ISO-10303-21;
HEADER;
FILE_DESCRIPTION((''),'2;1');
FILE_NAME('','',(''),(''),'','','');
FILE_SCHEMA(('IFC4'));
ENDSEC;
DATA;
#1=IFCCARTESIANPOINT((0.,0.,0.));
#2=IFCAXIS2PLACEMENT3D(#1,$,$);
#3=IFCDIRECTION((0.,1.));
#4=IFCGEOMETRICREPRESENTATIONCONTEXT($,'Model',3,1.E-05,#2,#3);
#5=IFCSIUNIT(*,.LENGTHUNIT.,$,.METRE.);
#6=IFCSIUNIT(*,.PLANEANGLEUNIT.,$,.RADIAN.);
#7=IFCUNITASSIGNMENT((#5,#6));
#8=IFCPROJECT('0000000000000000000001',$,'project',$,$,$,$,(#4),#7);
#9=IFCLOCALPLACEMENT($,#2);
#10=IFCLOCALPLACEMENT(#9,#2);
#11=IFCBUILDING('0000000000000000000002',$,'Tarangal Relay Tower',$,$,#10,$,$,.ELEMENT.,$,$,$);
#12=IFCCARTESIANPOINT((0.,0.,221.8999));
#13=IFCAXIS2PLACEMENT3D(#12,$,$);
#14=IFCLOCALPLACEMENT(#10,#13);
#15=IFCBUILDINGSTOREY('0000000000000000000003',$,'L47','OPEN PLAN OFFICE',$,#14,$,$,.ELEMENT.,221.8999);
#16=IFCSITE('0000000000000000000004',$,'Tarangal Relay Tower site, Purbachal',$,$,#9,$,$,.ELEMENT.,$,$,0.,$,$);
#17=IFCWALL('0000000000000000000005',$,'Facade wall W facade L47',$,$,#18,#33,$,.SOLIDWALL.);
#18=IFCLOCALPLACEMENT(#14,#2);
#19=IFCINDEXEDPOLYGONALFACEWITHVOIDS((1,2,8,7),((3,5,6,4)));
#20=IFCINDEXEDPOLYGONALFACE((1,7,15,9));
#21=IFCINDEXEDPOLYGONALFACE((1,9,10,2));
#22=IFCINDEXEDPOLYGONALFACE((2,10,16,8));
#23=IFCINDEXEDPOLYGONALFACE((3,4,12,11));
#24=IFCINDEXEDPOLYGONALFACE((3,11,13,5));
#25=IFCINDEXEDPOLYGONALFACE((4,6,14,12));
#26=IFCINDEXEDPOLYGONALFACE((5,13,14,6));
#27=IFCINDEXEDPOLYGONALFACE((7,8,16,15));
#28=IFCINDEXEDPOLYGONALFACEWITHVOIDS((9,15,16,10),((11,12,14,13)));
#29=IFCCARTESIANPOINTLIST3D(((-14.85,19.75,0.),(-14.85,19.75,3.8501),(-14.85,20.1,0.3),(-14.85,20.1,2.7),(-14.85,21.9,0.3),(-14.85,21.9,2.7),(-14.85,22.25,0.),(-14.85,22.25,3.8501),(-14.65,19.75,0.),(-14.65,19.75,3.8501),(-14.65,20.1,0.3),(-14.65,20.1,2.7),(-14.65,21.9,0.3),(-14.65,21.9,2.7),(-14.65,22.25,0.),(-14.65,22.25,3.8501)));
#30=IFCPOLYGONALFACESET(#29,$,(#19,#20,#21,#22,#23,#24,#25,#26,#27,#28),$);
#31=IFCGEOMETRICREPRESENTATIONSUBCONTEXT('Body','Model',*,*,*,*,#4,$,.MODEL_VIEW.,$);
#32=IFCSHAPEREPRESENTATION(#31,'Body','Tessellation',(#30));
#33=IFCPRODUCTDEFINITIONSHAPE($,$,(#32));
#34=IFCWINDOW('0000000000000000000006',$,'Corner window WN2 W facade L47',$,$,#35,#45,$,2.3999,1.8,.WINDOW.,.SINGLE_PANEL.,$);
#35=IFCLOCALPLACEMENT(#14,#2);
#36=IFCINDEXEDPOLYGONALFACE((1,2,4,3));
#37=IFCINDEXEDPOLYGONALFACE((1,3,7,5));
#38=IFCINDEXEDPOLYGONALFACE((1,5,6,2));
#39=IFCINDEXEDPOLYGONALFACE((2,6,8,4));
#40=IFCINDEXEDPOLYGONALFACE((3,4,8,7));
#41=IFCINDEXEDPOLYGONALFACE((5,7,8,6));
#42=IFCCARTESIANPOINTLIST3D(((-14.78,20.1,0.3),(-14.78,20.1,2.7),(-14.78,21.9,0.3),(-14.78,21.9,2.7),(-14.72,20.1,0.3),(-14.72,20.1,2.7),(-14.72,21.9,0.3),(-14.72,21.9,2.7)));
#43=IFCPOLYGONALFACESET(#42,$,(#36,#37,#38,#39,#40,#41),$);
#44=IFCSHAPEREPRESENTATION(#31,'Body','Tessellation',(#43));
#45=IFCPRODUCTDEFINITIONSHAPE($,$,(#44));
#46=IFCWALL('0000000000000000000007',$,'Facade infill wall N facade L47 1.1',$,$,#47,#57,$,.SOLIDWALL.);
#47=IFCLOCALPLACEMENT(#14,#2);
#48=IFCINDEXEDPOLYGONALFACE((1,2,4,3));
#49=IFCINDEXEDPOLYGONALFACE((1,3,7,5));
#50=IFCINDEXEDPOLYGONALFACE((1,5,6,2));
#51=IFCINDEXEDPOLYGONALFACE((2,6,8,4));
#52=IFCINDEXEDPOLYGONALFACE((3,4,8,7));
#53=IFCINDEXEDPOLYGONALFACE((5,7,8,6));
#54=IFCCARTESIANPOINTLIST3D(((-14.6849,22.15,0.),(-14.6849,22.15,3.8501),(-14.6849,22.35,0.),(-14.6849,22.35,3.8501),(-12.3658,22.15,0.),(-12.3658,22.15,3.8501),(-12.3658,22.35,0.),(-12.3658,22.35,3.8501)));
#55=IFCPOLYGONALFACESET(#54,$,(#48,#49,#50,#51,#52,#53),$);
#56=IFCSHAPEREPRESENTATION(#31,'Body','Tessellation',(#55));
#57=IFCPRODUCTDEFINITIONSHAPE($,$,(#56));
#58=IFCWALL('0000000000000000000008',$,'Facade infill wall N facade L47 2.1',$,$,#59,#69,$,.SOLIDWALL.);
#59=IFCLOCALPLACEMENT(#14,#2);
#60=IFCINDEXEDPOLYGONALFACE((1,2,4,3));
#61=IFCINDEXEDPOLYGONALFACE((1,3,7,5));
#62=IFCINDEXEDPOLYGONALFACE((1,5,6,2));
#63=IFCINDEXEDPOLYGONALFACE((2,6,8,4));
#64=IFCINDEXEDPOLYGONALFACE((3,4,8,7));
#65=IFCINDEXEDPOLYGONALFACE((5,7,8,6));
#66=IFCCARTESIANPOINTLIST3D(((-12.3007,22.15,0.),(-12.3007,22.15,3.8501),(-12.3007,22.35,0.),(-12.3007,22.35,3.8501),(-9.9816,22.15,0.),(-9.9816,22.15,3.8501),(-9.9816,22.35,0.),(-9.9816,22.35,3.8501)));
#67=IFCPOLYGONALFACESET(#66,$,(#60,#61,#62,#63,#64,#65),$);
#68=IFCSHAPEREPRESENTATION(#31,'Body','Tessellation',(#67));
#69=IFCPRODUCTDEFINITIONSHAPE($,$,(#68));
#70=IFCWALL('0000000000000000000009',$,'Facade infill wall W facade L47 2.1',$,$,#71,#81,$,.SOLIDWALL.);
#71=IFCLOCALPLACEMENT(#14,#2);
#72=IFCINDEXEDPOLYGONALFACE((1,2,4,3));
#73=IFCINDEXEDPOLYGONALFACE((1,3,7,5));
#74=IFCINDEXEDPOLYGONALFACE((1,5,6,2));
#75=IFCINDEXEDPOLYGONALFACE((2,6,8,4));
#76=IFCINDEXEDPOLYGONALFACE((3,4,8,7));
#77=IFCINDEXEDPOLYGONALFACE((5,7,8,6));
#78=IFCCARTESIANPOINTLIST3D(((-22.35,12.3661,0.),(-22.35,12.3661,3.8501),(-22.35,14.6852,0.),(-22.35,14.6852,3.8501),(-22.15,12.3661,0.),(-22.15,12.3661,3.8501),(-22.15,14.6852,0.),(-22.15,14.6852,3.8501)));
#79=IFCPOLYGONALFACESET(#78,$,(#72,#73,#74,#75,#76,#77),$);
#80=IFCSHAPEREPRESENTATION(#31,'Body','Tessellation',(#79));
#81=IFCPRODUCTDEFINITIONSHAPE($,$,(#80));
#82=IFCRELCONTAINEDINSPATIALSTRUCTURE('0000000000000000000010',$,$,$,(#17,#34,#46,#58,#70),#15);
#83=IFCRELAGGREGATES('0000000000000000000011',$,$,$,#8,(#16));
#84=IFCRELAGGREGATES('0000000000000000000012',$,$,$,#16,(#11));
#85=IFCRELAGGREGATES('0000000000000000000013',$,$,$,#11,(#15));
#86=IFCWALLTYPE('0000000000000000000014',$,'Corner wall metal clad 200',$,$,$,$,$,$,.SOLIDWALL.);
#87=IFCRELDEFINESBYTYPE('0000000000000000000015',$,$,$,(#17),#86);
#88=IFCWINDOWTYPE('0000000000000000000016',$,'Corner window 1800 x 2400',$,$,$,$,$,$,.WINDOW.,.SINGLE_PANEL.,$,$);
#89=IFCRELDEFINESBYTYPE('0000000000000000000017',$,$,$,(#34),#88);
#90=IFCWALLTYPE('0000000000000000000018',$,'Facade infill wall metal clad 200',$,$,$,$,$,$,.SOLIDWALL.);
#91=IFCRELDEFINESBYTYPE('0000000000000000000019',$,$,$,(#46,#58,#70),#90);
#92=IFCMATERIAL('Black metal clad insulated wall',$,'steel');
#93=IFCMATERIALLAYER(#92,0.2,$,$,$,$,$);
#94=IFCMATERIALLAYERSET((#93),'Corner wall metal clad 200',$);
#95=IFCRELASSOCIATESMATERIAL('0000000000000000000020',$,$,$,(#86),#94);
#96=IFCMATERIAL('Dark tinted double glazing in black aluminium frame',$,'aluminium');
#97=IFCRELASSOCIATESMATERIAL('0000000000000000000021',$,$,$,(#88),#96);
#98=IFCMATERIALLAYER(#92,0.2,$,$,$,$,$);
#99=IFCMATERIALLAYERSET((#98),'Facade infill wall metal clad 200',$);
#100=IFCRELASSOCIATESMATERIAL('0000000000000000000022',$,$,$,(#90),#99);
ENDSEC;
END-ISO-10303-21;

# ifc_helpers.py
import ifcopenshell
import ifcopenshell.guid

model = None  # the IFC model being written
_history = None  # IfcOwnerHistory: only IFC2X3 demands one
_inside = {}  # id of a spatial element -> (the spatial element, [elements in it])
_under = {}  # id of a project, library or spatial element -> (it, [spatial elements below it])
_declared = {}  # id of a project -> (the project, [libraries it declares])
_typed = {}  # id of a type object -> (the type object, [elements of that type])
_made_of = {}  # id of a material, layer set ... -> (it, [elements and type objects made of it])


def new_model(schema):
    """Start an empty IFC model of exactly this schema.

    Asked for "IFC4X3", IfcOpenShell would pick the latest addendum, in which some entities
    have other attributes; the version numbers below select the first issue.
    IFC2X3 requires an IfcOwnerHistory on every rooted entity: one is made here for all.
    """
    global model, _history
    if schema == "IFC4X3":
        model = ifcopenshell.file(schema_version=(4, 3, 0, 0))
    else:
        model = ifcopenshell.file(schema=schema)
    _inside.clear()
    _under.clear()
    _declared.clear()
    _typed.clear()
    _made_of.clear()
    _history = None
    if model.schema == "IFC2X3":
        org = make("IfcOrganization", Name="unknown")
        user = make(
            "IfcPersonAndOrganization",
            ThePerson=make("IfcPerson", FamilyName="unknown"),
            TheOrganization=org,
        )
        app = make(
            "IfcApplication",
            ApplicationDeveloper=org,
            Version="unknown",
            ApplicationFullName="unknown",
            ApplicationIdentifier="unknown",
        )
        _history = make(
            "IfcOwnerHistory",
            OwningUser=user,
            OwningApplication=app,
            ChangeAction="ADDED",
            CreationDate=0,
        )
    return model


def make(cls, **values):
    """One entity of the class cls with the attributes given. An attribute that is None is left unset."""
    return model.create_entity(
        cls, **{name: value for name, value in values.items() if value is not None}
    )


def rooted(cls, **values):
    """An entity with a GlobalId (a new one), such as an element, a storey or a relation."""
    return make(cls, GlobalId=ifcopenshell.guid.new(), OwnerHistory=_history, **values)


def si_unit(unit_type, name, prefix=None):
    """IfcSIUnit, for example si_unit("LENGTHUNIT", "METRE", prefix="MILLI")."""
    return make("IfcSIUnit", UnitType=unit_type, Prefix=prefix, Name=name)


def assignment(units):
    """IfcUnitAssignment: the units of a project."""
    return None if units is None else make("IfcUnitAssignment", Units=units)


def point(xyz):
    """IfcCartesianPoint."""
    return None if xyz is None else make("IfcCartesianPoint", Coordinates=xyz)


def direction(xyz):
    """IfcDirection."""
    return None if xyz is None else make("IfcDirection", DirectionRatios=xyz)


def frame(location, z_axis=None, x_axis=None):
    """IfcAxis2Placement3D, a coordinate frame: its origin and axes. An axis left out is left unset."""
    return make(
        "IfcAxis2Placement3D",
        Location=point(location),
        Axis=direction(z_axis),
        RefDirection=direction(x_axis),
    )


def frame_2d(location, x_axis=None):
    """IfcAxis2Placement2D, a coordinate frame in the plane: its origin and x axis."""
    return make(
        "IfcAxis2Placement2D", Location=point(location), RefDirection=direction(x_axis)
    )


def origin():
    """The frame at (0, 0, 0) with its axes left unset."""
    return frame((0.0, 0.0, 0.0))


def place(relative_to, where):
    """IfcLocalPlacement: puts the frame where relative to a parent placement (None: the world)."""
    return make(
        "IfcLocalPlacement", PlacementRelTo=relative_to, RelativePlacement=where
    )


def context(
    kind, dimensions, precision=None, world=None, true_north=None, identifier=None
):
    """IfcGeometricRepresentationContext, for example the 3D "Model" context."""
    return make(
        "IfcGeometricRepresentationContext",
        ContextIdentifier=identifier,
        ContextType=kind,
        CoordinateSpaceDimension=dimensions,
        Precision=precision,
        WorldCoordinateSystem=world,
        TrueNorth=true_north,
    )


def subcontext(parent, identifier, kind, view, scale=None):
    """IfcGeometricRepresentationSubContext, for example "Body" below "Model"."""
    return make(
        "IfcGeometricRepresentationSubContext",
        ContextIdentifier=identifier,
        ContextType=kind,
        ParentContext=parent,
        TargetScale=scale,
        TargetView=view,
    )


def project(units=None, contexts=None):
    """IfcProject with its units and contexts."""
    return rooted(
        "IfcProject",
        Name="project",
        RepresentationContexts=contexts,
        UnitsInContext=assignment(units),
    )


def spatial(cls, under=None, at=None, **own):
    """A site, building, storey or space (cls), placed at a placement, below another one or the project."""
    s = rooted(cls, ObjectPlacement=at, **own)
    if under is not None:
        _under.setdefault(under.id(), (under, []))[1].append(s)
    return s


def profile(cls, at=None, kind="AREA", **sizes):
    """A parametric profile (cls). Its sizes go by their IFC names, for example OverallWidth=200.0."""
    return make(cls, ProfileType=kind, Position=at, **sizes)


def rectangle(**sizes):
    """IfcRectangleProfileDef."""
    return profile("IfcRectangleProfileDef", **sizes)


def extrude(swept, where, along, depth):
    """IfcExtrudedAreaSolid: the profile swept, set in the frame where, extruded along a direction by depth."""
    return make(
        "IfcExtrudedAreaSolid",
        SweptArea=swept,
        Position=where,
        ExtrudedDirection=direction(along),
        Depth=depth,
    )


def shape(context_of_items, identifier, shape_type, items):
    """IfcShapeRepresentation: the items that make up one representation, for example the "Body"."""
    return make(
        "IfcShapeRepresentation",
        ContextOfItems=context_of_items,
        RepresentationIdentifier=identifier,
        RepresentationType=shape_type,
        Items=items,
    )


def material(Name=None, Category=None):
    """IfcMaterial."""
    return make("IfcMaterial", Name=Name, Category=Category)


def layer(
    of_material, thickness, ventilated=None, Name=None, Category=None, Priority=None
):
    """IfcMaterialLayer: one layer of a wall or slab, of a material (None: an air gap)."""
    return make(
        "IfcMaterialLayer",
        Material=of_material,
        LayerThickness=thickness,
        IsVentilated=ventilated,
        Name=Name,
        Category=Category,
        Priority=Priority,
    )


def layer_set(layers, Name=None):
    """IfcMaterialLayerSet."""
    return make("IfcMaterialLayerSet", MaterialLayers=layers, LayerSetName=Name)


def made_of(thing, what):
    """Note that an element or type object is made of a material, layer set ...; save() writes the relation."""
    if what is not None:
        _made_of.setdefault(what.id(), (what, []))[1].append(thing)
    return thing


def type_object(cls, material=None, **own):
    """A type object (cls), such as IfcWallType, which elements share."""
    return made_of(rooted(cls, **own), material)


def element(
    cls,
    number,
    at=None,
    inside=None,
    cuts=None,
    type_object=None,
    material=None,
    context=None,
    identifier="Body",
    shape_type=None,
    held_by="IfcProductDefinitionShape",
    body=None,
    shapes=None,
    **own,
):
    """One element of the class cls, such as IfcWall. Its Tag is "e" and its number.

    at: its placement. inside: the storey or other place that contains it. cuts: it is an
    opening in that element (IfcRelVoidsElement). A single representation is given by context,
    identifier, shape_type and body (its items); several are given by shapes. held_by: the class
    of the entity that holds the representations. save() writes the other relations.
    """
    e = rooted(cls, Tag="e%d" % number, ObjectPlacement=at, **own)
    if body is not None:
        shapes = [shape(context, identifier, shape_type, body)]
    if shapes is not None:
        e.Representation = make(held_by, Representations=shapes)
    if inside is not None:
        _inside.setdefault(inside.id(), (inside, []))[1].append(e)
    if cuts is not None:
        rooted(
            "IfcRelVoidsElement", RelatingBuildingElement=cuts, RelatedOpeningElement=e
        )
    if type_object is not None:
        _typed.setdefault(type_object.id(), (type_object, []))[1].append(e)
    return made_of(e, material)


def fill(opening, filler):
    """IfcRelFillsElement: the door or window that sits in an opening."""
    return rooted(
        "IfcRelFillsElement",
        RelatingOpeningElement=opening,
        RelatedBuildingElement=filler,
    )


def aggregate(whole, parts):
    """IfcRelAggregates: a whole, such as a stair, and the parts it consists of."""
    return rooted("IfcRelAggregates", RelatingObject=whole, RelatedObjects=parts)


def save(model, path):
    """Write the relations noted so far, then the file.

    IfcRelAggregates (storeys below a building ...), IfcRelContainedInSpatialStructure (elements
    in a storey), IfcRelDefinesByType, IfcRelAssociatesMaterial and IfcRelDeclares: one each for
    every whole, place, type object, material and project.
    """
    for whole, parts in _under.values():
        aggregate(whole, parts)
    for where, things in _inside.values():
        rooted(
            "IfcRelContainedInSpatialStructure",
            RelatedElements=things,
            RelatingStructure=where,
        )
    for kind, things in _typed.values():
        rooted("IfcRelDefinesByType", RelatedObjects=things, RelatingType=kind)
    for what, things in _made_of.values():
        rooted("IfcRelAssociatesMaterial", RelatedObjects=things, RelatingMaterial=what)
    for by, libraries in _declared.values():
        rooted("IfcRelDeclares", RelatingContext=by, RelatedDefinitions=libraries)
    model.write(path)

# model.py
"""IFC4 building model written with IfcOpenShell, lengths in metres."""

from ifc_helpers import new_model, si_unit, direction, frame, frame_2d, origin, place, context, subcontext, project, spatial, rectangle, extrude, material, layer, layer_set, type_object, element, fill, save


model = new_model("IFC4")

# Units and contexts
model_context = context("Model", 3, precision=1e-05, world=origin(), true_north=direction((0.0, 1.0)))
body_context = subcontext(model_context, "Body", "Model", "MODEL_VIEW")
ifc_project = project(units=[si_unit("LENGTHUNIT", "METRE"), si_unit("PLANEANGLEUNIT", "RADIAN")], contexts=[model_context])

# Site, building, storey
site_placement = place(None, origin())
site = spatial("IfcSite", under=ifc_project, at=site_placement, Name="Tarangal Relay Tower site, Purbachal", CompositionType="ELEMENT", RefElevation=0.0)
building_placement = place(site_placement, origin())
building = spatial("IfcBuilding", under=site, at=building_placement, Name="Tarangal Relay Tower", CompositionType="ELEMENT")
storey_placement = place(building_placement, frame((0.0, 0.0, 221.8999)))
storey = spatial("IfcBuildingStorey", under=building, at=storey_placement, Name="L47", Description="OPEN PLAN OFFICE", CompositionType="ELEMENT", Elevation=221.8999)

# Shared definitions
ifc_material_1 = material(Name="Black metal clad insulated wall", Category="steel")
ifc_layer_1 = layer(ifc_material_1, 0.2)
ifc_layer_set_1 = layer_set([ifc_layer_1], Name="Corner wall metal clad 200")
wall_type_1 = type_object("IfcWallType", Name="Corner wall metal clad 200", PredefinedType="SOLIDWALL", material=ifc_layer_set_1)

# Shared definitions
ifc_material_2 = material(Name="Dark tinted double glazing in black aluminium frame", Category="aluminium")
window_type = type_object("IfcWindowType", Name="Corner window 1800 x 2400", PartitioningType="SINGLE_PANEL", PredefinedType="WINDOW", material=ifc_material_2)

# Wall, opening, window
wall_1_placement = place(storey_placement, frame((-14.75, 19.75, 0.0), z_axis=(0.0, 0.0, 1.0), x_axis=(0.0, 1.0, 0.0)))
wall_1 = element("IfcWall", 1, at=wall_1_placement, inside=storey, type_object=wall_type_1, Name="Facade wall W facade L47", PredefinedType="SOLIDWALL", context=body_context, shape_type="SweptSolid", body=[
    extrude(rectangle(XDim=2.5, YDim=0.2, at=frame_2d((1.25, 0.0))), origin(), (0.0, 0.0, 1.0), 3.8501),
])
opening_1_placement = place(wall_1_placement, frame((0.3501, 0.0, 0.3)))
opening_1 = element("IfcOpeningElement", 2, at=opening_1_placement, cuts=wall_1, PredefinedType="OPENING", context=body_context, shape_type="SweptSolid", body=[
    extrude(rectangle(XDim=1.8, YDim=2.3999, at=frame_2d((0.8999, 1.2))), frame((0.0, 0.1099, 0.0), z_axis=(0.0, -1.0, 0.0), x_axis=(1.0, 0.0, 0.0)), (0.0, 0.0, 1.0), 0.22),
])
window_1_placement = place(opening_1_placement, origin())
window_1 = element("IfcWindow", 3, at=window_1_placement, inside=storey, type_object=window_type, Name="Corner window WN2 W facade L47", OverallHeight=2.3999, OverallWidth=1.8, PartitioningType="SINGLE_PANEL", PredefinedType="WINDOW", context=body_context, shape_type="SweptSolid", body=[
    extrude(rectangle(XDim=1.8, YDim=2.3999, at=frame_2d((0.8999, 1.2))), frame((0.0, 0.03, 0.0), z_axis=(0.0, -1.0, 0.0), x_axis=(1.0, 0.0, 0.0)), (0.0, 0.0, 1.0), 0.0601),
])
fill(opening_1, window_1)

# Walls
ifc_layer_2 = layer(ifc_material_1, 0.2)
ifc_layer_set_2 = layer_set([ifc_layer_2], Name="Facade infill wall metal clad 200")
wall_type_2 = type_object("IfcWallType", Name="Facade infill wall metal clad 200", PredefinedType="SOLIDWALL", material=ifc_layer_set_2)
for number, where, z_axis, x_axis, name in (
    (4, (-14.6851, 22.25, 0.0), (0.0, 0.0, 1.0), (1.0, 0.0, 0.0), "Facade infill wall N facade L47 1.1"),
    (5, (-12.3008, 22.25, 0.0), (0.0, 0.0, 1.0), (1.0, 0.0, 0.0), "Facade infill wall N facade L47 2.1"),
    (6, (-22.25, 12.366, 0.0), (0.0, 0.0, 1.0), (0.0, 1.0, 0.0), "Facade infill wall W facade L47 2.1"),
):
    element("IfcWall", number, at=place(storey_placement, frame(where, z_axis=z_axis, x_axis=x_axis)), inside=storey, type_object=wall_type_2, Name=name, PredefinedType="SOLIDWALL", context=body_context, shape_type="SweptSolid", body=[
        extrude(rectangle(XDim=2.3191, YDim=0.2, at=frame_2d((1.1597, 0.0))), origin(), (0.0, 0.0, 1.0), 3.8501),
    ])

save(model, "model.ifc")
